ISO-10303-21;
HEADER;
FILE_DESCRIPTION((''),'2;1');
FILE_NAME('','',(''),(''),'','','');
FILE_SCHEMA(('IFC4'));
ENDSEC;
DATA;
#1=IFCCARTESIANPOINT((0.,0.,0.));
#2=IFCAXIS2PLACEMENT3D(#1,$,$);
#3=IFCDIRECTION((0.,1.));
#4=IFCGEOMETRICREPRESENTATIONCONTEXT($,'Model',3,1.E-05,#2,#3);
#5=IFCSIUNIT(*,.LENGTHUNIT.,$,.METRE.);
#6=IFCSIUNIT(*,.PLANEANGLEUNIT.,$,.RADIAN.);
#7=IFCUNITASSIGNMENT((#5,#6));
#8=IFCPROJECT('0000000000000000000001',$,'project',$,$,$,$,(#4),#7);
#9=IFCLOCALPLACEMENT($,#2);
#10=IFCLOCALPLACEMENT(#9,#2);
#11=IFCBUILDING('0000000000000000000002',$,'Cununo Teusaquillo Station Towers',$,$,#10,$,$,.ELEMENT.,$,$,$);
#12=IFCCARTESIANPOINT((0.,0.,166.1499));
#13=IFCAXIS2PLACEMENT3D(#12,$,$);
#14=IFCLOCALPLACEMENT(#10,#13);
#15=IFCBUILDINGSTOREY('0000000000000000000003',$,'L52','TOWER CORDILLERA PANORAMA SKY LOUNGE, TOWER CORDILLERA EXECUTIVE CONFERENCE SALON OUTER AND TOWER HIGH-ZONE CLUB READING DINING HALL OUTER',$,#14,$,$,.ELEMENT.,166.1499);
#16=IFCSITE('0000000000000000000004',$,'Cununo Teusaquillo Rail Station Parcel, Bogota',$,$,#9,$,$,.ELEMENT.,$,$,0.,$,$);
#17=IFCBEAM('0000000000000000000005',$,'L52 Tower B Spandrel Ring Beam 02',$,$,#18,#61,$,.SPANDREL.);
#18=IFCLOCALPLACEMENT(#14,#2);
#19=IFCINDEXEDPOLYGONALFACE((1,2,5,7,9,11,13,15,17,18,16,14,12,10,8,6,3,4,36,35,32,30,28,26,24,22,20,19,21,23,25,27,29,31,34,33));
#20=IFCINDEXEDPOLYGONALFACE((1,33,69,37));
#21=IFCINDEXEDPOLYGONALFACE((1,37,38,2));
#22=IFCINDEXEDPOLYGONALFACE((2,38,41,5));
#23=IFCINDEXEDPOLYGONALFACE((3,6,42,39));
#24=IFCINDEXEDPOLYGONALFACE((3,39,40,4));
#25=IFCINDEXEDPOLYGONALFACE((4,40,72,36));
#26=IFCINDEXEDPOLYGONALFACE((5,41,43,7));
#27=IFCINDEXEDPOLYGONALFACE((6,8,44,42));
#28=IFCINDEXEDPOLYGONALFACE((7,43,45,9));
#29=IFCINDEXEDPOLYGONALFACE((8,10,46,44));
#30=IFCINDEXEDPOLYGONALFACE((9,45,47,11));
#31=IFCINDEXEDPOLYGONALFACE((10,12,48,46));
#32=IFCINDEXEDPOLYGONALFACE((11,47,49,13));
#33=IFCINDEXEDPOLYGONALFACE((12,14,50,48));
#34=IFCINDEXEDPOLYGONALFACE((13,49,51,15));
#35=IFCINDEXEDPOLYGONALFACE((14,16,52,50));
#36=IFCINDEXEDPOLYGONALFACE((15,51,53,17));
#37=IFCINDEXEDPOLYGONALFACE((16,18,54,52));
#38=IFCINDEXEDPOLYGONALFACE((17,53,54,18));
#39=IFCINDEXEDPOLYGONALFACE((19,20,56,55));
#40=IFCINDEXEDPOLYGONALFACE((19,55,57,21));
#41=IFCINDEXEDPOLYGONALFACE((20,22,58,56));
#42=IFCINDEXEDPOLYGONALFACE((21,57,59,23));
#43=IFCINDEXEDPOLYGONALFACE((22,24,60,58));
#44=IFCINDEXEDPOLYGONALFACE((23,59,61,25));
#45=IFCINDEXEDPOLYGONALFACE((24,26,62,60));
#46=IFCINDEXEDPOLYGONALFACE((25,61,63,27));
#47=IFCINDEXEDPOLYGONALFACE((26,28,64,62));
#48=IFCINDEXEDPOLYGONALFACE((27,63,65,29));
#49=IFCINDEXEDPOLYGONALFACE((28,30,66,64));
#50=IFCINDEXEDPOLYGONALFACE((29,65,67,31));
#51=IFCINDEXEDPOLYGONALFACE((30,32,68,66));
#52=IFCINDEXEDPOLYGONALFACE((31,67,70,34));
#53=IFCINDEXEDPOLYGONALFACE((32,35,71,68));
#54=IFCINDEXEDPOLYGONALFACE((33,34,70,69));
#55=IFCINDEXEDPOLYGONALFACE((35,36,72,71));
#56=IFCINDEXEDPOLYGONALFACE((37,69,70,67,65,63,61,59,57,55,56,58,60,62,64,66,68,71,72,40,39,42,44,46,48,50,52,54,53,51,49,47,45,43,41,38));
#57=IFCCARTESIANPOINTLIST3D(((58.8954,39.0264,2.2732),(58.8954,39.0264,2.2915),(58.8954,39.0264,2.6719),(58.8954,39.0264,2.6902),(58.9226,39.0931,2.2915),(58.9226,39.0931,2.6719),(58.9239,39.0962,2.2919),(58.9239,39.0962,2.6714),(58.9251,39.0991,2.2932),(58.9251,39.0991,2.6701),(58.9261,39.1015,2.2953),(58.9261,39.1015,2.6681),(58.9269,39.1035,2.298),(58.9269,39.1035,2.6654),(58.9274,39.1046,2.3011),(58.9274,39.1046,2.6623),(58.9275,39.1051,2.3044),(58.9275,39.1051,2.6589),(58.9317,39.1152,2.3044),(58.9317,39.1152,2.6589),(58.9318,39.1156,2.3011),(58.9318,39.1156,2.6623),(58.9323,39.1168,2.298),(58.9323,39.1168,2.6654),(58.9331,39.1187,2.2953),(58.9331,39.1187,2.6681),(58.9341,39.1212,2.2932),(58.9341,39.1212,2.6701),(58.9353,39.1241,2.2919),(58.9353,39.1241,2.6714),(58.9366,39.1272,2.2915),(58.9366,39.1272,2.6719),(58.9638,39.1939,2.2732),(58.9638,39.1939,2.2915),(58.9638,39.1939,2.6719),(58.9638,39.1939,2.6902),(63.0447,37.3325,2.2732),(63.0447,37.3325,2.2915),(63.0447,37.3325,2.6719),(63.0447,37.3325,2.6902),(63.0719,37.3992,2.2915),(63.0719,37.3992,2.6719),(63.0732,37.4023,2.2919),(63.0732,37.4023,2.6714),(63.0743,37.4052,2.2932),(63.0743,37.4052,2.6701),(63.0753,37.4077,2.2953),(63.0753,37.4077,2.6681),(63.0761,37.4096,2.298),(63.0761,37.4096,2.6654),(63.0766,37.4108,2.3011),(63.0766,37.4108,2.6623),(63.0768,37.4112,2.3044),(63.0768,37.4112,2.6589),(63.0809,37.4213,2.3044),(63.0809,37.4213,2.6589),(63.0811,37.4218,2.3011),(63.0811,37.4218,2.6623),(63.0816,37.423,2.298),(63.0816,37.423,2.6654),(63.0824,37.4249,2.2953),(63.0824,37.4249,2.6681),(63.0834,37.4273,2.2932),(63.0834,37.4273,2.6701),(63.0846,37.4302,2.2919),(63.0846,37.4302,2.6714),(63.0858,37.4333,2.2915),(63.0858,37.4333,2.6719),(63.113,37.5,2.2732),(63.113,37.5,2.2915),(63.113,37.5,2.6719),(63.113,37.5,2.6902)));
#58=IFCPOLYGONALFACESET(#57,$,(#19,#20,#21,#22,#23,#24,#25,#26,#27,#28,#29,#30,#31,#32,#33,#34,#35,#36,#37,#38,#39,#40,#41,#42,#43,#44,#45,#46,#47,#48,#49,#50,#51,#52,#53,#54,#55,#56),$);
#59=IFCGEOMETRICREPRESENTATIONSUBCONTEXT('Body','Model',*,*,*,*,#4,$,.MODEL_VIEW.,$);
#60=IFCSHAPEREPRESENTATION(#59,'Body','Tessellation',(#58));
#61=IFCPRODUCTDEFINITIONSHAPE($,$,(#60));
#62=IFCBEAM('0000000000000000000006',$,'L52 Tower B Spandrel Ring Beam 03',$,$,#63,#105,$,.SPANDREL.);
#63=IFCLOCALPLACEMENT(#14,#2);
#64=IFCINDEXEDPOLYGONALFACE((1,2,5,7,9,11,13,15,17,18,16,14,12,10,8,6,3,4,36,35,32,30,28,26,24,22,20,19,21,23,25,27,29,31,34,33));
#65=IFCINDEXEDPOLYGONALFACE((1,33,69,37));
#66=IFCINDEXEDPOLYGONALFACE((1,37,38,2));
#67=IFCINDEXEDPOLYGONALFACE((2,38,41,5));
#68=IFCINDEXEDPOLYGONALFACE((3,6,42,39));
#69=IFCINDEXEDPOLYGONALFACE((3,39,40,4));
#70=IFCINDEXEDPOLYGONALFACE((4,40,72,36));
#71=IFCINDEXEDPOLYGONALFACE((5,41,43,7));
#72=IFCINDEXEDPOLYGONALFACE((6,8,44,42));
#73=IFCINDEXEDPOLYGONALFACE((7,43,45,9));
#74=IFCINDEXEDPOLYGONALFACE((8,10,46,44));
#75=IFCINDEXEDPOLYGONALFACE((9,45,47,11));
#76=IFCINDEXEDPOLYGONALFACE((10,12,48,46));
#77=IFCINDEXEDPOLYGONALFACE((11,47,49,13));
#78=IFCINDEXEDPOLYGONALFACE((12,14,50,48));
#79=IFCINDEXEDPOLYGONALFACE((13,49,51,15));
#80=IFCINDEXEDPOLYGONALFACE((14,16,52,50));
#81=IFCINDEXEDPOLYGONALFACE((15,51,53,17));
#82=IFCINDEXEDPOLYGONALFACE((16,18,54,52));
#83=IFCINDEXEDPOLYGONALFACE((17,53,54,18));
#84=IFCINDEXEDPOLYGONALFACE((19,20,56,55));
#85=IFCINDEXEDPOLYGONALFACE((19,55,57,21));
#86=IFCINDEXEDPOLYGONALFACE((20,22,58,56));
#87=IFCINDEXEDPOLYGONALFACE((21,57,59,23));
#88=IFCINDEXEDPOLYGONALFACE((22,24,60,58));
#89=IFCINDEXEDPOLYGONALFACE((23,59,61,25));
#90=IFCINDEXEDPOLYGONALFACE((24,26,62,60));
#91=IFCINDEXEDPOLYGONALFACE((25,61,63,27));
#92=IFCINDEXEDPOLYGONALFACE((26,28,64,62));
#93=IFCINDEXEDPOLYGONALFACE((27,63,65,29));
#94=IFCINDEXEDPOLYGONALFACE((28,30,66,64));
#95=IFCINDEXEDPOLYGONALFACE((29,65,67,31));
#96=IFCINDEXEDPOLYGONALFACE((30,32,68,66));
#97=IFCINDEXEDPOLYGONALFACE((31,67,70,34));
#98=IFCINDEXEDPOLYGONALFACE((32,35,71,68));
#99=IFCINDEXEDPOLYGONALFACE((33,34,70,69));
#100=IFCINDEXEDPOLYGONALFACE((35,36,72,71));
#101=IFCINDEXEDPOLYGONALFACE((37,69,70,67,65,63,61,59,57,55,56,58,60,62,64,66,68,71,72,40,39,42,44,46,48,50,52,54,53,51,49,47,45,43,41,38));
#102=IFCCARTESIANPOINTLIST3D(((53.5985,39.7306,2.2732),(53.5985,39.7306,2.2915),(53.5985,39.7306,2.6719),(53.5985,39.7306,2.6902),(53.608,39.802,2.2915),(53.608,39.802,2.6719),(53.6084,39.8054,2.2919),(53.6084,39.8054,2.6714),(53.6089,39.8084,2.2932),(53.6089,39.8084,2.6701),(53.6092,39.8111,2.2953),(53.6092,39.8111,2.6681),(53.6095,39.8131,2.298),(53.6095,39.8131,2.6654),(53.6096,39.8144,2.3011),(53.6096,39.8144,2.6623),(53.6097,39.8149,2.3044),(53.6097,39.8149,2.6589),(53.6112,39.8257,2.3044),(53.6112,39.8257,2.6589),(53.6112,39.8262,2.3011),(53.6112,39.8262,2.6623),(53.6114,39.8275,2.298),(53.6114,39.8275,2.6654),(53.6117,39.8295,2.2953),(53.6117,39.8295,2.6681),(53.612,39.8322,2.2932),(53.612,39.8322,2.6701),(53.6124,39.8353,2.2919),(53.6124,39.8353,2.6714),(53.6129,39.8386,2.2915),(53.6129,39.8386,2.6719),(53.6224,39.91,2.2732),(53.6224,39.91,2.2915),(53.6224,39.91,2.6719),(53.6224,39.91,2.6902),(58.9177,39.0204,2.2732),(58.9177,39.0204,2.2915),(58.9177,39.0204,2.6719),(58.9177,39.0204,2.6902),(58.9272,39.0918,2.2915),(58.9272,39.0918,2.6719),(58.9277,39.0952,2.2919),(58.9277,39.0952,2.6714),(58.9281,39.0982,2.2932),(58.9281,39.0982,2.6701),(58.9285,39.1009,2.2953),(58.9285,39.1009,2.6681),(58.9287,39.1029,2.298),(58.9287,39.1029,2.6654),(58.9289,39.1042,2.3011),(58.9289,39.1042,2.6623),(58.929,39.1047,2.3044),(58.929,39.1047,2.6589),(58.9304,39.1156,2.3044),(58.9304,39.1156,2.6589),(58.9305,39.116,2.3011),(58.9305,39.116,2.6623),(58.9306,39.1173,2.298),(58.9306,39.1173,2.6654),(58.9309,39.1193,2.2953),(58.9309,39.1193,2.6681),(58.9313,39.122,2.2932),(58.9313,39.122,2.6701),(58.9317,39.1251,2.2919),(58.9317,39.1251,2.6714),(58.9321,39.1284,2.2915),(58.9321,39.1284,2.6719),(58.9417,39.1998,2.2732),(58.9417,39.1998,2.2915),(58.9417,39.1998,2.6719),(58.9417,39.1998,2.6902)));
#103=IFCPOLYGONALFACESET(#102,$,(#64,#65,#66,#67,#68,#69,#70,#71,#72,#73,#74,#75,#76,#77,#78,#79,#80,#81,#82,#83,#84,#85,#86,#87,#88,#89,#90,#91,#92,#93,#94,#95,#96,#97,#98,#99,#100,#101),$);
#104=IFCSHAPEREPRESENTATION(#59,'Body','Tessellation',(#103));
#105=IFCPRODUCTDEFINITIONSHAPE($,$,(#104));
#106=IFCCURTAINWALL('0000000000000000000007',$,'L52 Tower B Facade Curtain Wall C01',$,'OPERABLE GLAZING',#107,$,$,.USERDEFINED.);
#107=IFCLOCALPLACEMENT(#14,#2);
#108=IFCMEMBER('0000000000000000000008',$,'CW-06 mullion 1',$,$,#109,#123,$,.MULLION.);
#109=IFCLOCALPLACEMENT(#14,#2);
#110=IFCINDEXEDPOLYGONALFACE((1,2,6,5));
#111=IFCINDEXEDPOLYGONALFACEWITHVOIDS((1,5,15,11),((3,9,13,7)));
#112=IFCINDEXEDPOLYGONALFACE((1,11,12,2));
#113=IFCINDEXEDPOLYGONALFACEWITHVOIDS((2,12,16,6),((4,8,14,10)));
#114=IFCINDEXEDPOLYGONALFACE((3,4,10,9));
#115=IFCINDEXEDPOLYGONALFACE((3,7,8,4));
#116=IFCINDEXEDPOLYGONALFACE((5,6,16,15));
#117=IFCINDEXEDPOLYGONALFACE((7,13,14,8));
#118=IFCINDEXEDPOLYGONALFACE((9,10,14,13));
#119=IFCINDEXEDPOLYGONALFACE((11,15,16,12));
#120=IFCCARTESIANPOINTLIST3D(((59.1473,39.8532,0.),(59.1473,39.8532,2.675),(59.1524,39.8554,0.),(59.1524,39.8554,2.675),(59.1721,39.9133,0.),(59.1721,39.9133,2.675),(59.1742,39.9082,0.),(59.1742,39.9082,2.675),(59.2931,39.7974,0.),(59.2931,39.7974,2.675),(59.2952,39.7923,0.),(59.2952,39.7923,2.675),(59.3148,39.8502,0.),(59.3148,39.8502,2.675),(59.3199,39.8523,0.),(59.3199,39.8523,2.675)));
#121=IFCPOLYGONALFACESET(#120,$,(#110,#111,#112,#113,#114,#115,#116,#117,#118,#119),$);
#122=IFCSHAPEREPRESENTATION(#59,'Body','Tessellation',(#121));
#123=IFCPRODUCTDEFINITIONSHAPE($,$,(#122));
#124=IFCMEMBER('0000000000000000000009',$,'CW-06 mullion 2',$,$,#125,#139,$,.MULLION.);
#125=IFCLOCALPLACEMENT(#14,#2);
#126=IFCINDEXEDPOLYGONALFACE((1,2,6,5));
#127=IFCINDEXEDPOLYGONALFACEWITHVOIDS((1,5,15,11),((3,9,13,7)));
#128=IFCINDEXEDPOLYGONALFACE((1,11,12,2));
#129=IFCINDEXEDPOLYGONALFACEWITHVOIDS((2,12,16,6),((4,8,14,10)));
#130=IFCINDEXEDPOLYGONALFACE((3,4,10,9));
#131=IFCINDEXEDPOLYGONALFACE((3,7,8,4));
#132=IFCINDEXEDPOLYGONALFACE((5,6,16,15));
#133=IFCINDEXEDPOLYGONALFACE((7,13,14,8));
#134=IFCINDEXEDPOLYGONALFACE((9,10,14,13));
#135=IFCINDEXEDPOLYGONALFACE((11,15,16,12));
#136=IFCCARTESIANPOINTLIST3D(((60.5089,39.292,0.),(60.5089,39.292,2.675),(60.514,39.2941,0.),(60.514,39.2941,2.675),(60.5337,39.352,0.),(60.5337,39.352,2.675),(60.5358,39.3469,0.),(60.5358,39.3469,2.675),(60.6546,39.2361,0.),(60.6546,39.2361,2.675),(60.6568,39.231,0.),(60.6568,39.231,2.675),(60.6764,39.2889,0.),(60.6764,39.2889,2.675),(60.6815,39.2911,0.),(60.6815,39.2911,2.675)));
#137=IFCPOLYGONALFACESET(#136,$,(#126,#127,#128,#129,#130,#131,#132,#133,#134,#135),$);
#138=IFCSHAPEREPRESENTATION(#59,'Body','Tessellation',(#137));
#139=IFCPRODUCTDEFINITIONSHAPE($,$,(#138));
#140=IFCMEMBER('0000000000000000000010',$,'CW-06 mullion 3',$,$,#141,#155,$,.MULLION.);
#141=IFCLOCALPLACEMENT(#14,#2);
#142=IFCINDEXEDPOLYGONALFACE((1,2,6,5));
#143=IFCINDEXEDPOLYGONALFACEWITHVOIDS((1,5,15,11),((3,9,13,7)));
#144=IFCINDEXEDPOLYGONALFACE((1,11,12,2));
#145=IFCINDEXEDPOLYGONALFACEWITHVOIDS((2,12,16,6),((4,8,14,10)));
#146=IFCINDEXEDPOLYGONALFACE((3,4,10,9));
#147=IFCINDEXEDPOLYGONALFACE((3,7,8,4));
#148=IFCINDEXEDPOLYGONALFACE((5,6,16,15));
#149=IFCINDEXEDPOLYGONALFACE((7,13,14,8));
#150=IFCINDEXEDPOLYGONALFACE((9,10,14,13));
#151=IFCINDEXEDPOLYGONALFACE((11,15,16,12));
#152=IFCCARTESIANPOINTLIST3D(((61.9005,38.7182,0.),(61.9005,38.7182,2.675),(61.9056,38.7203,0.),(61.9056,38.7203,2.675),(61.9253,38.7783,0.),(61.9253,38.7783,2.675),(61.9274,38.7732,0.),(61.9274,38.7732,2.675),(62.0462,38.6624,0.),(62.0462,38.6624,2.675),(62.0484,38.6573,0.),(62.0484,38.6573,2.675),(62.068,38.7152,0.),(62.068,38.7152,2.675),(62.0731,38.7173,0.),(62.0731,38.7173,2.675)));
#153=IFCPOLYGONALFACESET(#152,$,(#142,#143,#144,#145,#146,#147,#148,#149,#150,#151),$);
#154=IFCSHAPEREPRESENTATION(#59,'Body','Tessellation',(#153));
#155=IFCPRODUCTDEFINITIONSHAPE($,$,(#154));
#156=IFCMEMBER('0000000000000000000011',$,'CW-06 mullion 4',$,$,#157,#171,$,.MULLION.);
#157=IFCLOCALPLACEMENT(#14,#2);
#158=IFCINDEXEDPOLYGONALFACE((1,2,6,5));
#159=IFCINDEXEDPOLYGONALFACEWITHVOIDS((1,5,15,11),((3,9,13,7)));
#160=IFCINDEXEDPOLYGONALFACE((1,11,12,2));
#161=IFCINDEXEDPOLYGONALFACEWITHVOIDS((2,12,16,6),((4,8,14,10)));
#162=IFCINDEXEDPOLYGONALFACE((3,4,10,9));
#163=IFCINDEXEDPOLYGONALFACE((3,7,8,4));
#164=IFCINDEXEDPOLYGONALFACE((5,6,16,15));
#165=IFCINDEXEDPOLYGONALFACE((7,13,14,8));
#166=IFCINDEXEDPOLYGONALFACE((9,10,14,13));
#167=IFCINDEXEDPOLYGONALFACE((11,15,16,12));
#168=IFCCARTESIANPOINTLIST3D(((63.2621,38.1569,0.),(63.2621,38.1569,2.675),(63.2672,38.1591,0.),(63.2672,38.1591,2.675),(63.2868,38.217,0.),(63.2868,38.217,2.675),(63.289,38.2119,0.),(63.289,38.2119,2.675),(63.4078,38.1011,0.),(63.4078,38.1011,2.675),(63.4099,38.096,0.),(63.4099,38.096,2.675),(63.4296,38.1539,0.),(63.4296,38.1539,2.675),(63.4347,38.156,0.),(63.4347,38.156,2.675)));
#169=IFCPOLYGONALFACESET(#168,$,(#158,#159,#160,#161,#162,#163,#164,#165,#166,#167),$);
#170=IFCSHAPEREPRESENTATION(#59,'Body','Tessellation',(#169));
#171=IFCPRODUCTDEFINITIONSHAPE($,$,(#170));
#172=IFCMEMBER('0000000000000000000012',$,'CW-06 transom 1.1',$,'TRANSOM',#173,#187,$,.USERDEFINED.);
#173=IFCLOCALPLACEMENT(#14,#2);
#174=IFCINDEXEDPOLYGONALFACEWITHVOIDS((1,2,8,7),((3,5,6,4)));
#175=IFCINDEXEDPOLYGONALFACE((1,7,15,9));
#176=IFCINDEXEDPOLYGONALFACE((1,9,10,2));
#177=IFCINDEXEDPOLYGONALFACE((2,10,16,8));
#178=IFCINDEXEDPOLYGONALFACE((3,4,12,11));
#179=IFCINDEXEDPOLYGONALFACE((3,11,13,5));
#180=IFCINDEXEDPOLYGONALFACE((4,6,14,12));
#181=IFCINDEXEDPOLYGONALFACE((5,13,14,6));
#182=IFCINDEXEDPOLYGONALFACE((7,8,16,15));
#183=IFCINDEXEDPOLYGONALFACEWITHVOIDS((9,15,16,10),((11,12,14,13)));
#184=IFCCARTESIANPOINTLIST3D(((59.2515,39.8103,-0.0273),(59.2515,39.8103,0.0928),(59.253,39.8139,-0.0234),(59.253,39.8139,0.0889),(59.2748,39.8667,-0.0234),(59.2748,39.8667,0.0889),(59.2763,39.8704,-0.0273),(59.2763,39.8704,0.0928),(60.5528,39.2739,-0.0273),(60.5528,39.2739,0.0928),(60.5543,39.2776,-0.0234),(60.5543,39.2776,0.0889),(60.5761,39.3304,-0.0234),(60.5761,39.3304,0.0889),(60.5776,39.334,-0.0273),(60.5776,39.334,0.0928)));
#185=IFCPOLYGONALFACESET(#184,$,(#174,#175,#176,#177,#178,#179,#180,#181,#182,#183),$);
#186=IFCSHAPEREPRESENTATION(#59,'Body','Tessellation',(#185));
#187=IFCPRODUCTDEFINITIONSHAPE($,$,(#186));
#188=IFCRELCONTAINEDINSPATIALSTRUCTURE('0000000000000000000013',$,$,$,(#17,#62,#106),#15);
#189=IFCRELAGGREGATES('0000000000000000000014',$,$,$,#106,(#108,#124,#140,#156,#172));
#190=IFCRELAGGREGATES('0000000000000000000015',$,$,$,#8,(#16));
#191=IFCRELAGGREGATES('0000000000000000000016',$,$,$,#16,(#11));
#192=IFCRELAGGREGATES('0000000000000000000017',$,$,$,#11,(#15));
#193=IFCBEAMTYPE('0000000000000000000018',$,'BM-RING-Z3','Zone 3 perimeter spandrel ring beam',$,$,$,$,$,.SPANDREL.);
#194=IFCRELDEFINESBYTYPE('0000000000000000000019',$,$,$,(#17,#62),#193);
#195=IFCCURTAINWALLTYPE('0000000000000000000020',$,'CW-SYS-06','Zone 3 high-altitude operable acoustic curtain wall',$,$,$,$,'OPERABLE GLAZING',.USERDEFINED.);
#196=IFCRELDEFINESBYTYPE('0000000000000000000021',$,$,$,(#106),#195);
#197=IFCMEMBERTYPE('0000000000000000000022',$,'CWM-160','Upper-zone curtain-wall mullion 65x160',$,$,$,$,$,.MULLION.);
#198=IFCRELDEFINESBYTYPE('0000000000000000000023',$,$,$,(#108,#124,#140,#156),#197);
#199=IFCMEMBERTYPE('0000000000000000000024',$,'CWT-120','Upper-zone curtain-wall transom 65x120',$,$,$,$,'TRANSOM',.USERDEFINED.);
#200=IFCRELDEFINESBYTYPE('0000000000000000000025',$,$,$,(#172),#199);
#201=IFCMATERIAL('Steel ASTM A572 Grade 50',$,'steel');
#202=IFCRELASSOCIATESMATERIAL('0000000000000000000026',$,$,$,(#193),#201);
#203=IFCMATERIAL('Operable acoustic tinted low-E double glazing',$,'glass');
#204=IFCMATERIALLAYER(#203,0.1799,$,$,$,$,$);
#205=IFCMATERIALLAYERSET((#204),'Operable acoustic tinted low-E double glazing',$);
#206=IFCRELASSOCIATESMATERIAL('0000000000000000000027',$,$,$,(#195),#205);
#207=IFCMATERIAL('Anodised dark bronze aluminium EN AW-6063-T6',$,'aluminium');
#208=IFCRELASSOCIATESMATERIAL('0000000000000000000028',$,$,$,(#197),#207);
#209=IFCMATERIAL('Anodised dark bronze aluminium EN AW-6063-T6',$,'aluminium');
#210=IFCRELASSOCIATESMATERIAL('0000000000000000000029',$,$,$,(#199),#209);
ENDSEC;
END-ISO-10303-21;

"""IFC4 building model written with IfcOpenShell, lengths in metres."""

from ifc_helpers import new_model, si_unit, direction, frame, origin, origin_2d, place, context, subcontext, project, spatial, hollow_rectangle, i_section, extrude, material, layer, layer_set, material_profile, profile_set, type_object, element, aggregate, save


model = new_model("IFC4")

# Units and contexts
model_context = context("Model", 3, precision=1e-05, world=origin(), true_north=direction((0.0, 1.0)))
body_context = subcontext(model_context, "Body", "Model", "MODEL_VIEW")
ifc_project = project(units=[si_unit("LENGTHUNIT", "METRE"), si_unit("PLANEANGLEUNIT", "RADIAN")], contexts=[model_context])

# Site, building, storey
site_placement = place(None, origin())
site = spatial("IfcSite", under=ifc_project, at=site_placement, Name="Cununo Teusaquillo Rail Station Parcel, Bogota", CompositionType="ELEMENT", RefElevation=0.0)
building_placement = place(site_placement, origin())
building = spatial("IfcBuilding", under=site, at=building_placement, Name="Cununo Teusaquillo Station Towers", CompositionType="ELEMENT")
storey_placement = place(building_placement, frame((0.0, 0.0, 166.1499)))
storey = spatial("IfcBuildingStorey", under=building, at=storey_placement, Name="L52", Description="TOWER CORDILLERA PANORAMA SKY LOUNGE, TOWER CORDILLERA EXECUTIVE CONFERENCE SALON OUTER AND TOWER HIGH-ZONE CLUB READING DINING HALL OUTER", CompositionType="ELEMENT", Elevation=166.1499)

# Beams
ifc_material_1 = material(Name="Steel ASTM A572 Grade 50", Category="steel")
ifc_material_profile_1 = material_profile(ifc_material_1, i_section(OverallWidth=0.1809, OverallDepth=0.417, WebThickness=0.011, FlangeThickness=0.0183, FilletRadius=0.0129, at=origin_2d()), Name="W16X57")
ifc_profile_set_1 = profile_set([ifc_material_profile_1], Name="Steel ASTM A572 Grade 50")
beam_type_1 = type_object("IfcBeamType", Name="BM-RING-Z3", Description="Zone 3 perimeter spandrel ring beam", PredefinedType="SPANDREL", material=ifc_profile_set_1)
beam_1_placement = place(storey_placement, frame((63.0789, 37.4163, 2.4817), z_axis=(-0.925824, 0.377956, 0.0), x_axis=(-0.377956, -0.925824, 0.0)))
element("IfcBeam", 1, at=beam_1_placement, inside=storey, type_object=beam_type_1, Name="L52 Tower B Spandrel Ring Beam 02", PredefinedType="SPANDREL", context=body_context, shape_type="SweptSolid", body=[
    extrude(i_section(OverallWidth=0.1809, OverallDepth=0.417, WebThickness=0.011, FlangeThickness=0.0183, FilletRadius=0.0129, at=origin_2d()), origin(), (0.0, 0.0, 1.0), 4.4817),
])
beam_2_placement = place(storey_placement, frame((58.9297, 39.1101, 2.4817), z_axis=(-0.991204, 0.13234, 0.0), x_axis=(-0.13234, -0.991204, 0.0)))
element("IfcBeam", 2, at=beam_2_placement, inside=storey, type_object=beam_type_1, Name="L52 Tower B Spandrel Ring Beam 03", PredefinedType="SPANDREL", context=body_context, shape_type="SweptSolid", body=[
    extrude(i_section(OverallWidth=0.1809, OverallDepth=0.417, WebThickness=0.011, FlangeThickness=0.0183, FilletRadius=0.0129, at=origin_2d()), origin(), (0.0, 0.0, 1.0), 5.3665),
])

# Curtain wall, members
ifc_material_2 = material(Name="Operable acoustic tinted low-E double glazing", Category="glass")
ifc_layer_1 = layer(ifc_material_2, 0.1799)
ifc_layer_set_1 = layer_set([ifc_layer_1], Name="Operable acoustic tinted low-E double glazing")
curtain_wall_type = type_object("IfcCurtainWallType", Name="CW-SYS-06", Description="Zone 3 high-altitude operable acoustic curtain wall", ElementType="OPERABLE GLAZING", PredefinedType="USERDEFINED", material=ifc_layer_set_1)
curtain_wall_placement = place(storey_placement, origin())
curtain_wall = element("IfcCurtainWall", 3, at=curtain_wall_placement, inside=storey, type_object=curtain_wall_type, Name="L52 Tower B Facade Curtain Wall C01", ObjectType="OPERABLE GLAZING", PredefinedType="USERDEFINED")
ifc_material_3 = material(Name="Anodised dark bronze aluminium EN AW-6063-T6", Category="aluminium")
ifc_material_profile_2 = material_profile(ifc_material_3, hollow_rectangle(XDim=0.0649, YDim=0.1599, WallThickness=0.0039, at=origin_2d()), Name="CW-MULL-65x160")
ifc_profile_set_2 = profile_set([ifc_material_profile_2], Name="Anodised dark bronze aluminium EN AW-6063-T6")
member_type_1 = type_object("IfcMemberType", Name="CWM-160", Description="Upper-zone curtain-wall mullion 65x160", PredefinedType="MULLION", material=ifc_profile_set_2)
member_1_placement = place(storey_placement, frame((59.2336, 39.8528, 0.0), z_axis=(0.0, 0.0, 1.0), x_axis=(0.381122, 0.924525, 0.0)))
member_1 = element("IfcMember", 4, at=member_1_placement, type_object=member_type_1, Name="CW-06 mullion 1", PredefinedType="MULLION", context=body_context, shape_type="SweptSolid", body=[
    extrude(hollow_rectangle(XDim=0.0649, YDim=0.1599, WallThickness=0.0039, at=origin_2d()), origin(), (0.0, 0.0, 1.0), 2.675),
])
member_2_placement = place(storey_placement, frame((60.5952, 39.2915, 0.0), z_axis=(0.0, 0.0, 1.0), x_axis=(0.381122, 0.924525, 0.0)))
member_2 = element("IfcMember", 5, at=member_2_placement, type_object=member_type_1, Name="CW-06 mullion 2", PredefinedType="MULLION", context=body_context, shape_type="SweptSolid", body=[
    extrude(hollow_rectangle(XDim=0.0649, YDim=0.1599, WallThickness=0.0039, at=origin_2d()), origin(), (0.0, 0.0, 1.0), 2.675),
])
member_3_placement = place(storey_placement, frame((61.9868, 38.7178, 0.0), z_axis=(0.0, 0.0, 1.0), x_axis=(0.381122, 0.924525, 0.0)))
member_3 = element("IfcMember", 6, at=member_3_placement, type_object=member_type_1, Name="CW-06 mullion 3", PredefinedType="MULLION", context=body_context, shape_type="SweptSolid", body=[
    extrude(hollow_rectangle(XDim=0.0649, YDim=0.1599, WallThickness=0.0039, at=origin_2d()), origin(), (0.0, 0.0, 1.0), 2.675),
])
member_4_placement = place(storey_placement, frame((63.3484, 38.1565, 0.0), z_axis=(0.0, 0.0, 1.0), x_axis=(0.381122, 0.924525, 0.0)))
member_4 = element("IfcMember", 7, at=member_4_placement, type_object=member_type_1, Name="CW-06 mullion 4", PredefinedType="MULLION", context=body_context, shape_type="SweptSolid", body=[
    extrude(hollow_rectangle(XDim=0.0649, YDim=0.1599, WallThickness=0.0039, at=origin_2d()), origin(), (0.0, 0.0, 1.0), 2.675),
])
ifc_material_4 = material(Name="Anodised dark bronze aluminium EN AW-6063-T6", Category="aluminium")
ifc_material_profile_3 = material_profile(ifc_material_4, hollow_rectangle(XDim=0.0649, YDim=0.1201, WallThickness=0.0039, at=origin_2d()), Name="CW-TRAN-65x120")
ifc_profile_set_3 = profile_set([ifc_material_profile_3], Name="Anodised dark bronze aluminium EN AW-6063-T6")
member_type_2 = type_object("IfcMemberType", Name="CWT-120", Description="Upper-zone curtain-wall transom 65x120", ElementType="TRANSOM", PredefinedType="USERDEFINED", material=ifc_profile_set_3)
member_5_placement = place(storey_placement, frame((59.2639, 39.8403, 0.0327), z_axis=(0.924538, -0.38109, 0.0), x_axis=(0.38109, 0.924538, 0.0)))
member_5 = element("IfcMember", 8, at=member_5_placement, type_object=member_type_2, Name="CW-06 transom 1.1", ObjectType="TRANSOM", PredefinedType="USERDEFINED", context=body_context, shape_type="SweptSolid", body=[
    extrude(hollow_rectangle(XDim=0.0649, YDim=0.1201, WallThickness=0.0039, at=origin_2d()), origin(), (0.0, 0.0, 1.0), 1.4075),
])
aggregate(curtain_wall, [member_1, member_2, member_3, member_4, member_5])

save(model, "model.ifc")
